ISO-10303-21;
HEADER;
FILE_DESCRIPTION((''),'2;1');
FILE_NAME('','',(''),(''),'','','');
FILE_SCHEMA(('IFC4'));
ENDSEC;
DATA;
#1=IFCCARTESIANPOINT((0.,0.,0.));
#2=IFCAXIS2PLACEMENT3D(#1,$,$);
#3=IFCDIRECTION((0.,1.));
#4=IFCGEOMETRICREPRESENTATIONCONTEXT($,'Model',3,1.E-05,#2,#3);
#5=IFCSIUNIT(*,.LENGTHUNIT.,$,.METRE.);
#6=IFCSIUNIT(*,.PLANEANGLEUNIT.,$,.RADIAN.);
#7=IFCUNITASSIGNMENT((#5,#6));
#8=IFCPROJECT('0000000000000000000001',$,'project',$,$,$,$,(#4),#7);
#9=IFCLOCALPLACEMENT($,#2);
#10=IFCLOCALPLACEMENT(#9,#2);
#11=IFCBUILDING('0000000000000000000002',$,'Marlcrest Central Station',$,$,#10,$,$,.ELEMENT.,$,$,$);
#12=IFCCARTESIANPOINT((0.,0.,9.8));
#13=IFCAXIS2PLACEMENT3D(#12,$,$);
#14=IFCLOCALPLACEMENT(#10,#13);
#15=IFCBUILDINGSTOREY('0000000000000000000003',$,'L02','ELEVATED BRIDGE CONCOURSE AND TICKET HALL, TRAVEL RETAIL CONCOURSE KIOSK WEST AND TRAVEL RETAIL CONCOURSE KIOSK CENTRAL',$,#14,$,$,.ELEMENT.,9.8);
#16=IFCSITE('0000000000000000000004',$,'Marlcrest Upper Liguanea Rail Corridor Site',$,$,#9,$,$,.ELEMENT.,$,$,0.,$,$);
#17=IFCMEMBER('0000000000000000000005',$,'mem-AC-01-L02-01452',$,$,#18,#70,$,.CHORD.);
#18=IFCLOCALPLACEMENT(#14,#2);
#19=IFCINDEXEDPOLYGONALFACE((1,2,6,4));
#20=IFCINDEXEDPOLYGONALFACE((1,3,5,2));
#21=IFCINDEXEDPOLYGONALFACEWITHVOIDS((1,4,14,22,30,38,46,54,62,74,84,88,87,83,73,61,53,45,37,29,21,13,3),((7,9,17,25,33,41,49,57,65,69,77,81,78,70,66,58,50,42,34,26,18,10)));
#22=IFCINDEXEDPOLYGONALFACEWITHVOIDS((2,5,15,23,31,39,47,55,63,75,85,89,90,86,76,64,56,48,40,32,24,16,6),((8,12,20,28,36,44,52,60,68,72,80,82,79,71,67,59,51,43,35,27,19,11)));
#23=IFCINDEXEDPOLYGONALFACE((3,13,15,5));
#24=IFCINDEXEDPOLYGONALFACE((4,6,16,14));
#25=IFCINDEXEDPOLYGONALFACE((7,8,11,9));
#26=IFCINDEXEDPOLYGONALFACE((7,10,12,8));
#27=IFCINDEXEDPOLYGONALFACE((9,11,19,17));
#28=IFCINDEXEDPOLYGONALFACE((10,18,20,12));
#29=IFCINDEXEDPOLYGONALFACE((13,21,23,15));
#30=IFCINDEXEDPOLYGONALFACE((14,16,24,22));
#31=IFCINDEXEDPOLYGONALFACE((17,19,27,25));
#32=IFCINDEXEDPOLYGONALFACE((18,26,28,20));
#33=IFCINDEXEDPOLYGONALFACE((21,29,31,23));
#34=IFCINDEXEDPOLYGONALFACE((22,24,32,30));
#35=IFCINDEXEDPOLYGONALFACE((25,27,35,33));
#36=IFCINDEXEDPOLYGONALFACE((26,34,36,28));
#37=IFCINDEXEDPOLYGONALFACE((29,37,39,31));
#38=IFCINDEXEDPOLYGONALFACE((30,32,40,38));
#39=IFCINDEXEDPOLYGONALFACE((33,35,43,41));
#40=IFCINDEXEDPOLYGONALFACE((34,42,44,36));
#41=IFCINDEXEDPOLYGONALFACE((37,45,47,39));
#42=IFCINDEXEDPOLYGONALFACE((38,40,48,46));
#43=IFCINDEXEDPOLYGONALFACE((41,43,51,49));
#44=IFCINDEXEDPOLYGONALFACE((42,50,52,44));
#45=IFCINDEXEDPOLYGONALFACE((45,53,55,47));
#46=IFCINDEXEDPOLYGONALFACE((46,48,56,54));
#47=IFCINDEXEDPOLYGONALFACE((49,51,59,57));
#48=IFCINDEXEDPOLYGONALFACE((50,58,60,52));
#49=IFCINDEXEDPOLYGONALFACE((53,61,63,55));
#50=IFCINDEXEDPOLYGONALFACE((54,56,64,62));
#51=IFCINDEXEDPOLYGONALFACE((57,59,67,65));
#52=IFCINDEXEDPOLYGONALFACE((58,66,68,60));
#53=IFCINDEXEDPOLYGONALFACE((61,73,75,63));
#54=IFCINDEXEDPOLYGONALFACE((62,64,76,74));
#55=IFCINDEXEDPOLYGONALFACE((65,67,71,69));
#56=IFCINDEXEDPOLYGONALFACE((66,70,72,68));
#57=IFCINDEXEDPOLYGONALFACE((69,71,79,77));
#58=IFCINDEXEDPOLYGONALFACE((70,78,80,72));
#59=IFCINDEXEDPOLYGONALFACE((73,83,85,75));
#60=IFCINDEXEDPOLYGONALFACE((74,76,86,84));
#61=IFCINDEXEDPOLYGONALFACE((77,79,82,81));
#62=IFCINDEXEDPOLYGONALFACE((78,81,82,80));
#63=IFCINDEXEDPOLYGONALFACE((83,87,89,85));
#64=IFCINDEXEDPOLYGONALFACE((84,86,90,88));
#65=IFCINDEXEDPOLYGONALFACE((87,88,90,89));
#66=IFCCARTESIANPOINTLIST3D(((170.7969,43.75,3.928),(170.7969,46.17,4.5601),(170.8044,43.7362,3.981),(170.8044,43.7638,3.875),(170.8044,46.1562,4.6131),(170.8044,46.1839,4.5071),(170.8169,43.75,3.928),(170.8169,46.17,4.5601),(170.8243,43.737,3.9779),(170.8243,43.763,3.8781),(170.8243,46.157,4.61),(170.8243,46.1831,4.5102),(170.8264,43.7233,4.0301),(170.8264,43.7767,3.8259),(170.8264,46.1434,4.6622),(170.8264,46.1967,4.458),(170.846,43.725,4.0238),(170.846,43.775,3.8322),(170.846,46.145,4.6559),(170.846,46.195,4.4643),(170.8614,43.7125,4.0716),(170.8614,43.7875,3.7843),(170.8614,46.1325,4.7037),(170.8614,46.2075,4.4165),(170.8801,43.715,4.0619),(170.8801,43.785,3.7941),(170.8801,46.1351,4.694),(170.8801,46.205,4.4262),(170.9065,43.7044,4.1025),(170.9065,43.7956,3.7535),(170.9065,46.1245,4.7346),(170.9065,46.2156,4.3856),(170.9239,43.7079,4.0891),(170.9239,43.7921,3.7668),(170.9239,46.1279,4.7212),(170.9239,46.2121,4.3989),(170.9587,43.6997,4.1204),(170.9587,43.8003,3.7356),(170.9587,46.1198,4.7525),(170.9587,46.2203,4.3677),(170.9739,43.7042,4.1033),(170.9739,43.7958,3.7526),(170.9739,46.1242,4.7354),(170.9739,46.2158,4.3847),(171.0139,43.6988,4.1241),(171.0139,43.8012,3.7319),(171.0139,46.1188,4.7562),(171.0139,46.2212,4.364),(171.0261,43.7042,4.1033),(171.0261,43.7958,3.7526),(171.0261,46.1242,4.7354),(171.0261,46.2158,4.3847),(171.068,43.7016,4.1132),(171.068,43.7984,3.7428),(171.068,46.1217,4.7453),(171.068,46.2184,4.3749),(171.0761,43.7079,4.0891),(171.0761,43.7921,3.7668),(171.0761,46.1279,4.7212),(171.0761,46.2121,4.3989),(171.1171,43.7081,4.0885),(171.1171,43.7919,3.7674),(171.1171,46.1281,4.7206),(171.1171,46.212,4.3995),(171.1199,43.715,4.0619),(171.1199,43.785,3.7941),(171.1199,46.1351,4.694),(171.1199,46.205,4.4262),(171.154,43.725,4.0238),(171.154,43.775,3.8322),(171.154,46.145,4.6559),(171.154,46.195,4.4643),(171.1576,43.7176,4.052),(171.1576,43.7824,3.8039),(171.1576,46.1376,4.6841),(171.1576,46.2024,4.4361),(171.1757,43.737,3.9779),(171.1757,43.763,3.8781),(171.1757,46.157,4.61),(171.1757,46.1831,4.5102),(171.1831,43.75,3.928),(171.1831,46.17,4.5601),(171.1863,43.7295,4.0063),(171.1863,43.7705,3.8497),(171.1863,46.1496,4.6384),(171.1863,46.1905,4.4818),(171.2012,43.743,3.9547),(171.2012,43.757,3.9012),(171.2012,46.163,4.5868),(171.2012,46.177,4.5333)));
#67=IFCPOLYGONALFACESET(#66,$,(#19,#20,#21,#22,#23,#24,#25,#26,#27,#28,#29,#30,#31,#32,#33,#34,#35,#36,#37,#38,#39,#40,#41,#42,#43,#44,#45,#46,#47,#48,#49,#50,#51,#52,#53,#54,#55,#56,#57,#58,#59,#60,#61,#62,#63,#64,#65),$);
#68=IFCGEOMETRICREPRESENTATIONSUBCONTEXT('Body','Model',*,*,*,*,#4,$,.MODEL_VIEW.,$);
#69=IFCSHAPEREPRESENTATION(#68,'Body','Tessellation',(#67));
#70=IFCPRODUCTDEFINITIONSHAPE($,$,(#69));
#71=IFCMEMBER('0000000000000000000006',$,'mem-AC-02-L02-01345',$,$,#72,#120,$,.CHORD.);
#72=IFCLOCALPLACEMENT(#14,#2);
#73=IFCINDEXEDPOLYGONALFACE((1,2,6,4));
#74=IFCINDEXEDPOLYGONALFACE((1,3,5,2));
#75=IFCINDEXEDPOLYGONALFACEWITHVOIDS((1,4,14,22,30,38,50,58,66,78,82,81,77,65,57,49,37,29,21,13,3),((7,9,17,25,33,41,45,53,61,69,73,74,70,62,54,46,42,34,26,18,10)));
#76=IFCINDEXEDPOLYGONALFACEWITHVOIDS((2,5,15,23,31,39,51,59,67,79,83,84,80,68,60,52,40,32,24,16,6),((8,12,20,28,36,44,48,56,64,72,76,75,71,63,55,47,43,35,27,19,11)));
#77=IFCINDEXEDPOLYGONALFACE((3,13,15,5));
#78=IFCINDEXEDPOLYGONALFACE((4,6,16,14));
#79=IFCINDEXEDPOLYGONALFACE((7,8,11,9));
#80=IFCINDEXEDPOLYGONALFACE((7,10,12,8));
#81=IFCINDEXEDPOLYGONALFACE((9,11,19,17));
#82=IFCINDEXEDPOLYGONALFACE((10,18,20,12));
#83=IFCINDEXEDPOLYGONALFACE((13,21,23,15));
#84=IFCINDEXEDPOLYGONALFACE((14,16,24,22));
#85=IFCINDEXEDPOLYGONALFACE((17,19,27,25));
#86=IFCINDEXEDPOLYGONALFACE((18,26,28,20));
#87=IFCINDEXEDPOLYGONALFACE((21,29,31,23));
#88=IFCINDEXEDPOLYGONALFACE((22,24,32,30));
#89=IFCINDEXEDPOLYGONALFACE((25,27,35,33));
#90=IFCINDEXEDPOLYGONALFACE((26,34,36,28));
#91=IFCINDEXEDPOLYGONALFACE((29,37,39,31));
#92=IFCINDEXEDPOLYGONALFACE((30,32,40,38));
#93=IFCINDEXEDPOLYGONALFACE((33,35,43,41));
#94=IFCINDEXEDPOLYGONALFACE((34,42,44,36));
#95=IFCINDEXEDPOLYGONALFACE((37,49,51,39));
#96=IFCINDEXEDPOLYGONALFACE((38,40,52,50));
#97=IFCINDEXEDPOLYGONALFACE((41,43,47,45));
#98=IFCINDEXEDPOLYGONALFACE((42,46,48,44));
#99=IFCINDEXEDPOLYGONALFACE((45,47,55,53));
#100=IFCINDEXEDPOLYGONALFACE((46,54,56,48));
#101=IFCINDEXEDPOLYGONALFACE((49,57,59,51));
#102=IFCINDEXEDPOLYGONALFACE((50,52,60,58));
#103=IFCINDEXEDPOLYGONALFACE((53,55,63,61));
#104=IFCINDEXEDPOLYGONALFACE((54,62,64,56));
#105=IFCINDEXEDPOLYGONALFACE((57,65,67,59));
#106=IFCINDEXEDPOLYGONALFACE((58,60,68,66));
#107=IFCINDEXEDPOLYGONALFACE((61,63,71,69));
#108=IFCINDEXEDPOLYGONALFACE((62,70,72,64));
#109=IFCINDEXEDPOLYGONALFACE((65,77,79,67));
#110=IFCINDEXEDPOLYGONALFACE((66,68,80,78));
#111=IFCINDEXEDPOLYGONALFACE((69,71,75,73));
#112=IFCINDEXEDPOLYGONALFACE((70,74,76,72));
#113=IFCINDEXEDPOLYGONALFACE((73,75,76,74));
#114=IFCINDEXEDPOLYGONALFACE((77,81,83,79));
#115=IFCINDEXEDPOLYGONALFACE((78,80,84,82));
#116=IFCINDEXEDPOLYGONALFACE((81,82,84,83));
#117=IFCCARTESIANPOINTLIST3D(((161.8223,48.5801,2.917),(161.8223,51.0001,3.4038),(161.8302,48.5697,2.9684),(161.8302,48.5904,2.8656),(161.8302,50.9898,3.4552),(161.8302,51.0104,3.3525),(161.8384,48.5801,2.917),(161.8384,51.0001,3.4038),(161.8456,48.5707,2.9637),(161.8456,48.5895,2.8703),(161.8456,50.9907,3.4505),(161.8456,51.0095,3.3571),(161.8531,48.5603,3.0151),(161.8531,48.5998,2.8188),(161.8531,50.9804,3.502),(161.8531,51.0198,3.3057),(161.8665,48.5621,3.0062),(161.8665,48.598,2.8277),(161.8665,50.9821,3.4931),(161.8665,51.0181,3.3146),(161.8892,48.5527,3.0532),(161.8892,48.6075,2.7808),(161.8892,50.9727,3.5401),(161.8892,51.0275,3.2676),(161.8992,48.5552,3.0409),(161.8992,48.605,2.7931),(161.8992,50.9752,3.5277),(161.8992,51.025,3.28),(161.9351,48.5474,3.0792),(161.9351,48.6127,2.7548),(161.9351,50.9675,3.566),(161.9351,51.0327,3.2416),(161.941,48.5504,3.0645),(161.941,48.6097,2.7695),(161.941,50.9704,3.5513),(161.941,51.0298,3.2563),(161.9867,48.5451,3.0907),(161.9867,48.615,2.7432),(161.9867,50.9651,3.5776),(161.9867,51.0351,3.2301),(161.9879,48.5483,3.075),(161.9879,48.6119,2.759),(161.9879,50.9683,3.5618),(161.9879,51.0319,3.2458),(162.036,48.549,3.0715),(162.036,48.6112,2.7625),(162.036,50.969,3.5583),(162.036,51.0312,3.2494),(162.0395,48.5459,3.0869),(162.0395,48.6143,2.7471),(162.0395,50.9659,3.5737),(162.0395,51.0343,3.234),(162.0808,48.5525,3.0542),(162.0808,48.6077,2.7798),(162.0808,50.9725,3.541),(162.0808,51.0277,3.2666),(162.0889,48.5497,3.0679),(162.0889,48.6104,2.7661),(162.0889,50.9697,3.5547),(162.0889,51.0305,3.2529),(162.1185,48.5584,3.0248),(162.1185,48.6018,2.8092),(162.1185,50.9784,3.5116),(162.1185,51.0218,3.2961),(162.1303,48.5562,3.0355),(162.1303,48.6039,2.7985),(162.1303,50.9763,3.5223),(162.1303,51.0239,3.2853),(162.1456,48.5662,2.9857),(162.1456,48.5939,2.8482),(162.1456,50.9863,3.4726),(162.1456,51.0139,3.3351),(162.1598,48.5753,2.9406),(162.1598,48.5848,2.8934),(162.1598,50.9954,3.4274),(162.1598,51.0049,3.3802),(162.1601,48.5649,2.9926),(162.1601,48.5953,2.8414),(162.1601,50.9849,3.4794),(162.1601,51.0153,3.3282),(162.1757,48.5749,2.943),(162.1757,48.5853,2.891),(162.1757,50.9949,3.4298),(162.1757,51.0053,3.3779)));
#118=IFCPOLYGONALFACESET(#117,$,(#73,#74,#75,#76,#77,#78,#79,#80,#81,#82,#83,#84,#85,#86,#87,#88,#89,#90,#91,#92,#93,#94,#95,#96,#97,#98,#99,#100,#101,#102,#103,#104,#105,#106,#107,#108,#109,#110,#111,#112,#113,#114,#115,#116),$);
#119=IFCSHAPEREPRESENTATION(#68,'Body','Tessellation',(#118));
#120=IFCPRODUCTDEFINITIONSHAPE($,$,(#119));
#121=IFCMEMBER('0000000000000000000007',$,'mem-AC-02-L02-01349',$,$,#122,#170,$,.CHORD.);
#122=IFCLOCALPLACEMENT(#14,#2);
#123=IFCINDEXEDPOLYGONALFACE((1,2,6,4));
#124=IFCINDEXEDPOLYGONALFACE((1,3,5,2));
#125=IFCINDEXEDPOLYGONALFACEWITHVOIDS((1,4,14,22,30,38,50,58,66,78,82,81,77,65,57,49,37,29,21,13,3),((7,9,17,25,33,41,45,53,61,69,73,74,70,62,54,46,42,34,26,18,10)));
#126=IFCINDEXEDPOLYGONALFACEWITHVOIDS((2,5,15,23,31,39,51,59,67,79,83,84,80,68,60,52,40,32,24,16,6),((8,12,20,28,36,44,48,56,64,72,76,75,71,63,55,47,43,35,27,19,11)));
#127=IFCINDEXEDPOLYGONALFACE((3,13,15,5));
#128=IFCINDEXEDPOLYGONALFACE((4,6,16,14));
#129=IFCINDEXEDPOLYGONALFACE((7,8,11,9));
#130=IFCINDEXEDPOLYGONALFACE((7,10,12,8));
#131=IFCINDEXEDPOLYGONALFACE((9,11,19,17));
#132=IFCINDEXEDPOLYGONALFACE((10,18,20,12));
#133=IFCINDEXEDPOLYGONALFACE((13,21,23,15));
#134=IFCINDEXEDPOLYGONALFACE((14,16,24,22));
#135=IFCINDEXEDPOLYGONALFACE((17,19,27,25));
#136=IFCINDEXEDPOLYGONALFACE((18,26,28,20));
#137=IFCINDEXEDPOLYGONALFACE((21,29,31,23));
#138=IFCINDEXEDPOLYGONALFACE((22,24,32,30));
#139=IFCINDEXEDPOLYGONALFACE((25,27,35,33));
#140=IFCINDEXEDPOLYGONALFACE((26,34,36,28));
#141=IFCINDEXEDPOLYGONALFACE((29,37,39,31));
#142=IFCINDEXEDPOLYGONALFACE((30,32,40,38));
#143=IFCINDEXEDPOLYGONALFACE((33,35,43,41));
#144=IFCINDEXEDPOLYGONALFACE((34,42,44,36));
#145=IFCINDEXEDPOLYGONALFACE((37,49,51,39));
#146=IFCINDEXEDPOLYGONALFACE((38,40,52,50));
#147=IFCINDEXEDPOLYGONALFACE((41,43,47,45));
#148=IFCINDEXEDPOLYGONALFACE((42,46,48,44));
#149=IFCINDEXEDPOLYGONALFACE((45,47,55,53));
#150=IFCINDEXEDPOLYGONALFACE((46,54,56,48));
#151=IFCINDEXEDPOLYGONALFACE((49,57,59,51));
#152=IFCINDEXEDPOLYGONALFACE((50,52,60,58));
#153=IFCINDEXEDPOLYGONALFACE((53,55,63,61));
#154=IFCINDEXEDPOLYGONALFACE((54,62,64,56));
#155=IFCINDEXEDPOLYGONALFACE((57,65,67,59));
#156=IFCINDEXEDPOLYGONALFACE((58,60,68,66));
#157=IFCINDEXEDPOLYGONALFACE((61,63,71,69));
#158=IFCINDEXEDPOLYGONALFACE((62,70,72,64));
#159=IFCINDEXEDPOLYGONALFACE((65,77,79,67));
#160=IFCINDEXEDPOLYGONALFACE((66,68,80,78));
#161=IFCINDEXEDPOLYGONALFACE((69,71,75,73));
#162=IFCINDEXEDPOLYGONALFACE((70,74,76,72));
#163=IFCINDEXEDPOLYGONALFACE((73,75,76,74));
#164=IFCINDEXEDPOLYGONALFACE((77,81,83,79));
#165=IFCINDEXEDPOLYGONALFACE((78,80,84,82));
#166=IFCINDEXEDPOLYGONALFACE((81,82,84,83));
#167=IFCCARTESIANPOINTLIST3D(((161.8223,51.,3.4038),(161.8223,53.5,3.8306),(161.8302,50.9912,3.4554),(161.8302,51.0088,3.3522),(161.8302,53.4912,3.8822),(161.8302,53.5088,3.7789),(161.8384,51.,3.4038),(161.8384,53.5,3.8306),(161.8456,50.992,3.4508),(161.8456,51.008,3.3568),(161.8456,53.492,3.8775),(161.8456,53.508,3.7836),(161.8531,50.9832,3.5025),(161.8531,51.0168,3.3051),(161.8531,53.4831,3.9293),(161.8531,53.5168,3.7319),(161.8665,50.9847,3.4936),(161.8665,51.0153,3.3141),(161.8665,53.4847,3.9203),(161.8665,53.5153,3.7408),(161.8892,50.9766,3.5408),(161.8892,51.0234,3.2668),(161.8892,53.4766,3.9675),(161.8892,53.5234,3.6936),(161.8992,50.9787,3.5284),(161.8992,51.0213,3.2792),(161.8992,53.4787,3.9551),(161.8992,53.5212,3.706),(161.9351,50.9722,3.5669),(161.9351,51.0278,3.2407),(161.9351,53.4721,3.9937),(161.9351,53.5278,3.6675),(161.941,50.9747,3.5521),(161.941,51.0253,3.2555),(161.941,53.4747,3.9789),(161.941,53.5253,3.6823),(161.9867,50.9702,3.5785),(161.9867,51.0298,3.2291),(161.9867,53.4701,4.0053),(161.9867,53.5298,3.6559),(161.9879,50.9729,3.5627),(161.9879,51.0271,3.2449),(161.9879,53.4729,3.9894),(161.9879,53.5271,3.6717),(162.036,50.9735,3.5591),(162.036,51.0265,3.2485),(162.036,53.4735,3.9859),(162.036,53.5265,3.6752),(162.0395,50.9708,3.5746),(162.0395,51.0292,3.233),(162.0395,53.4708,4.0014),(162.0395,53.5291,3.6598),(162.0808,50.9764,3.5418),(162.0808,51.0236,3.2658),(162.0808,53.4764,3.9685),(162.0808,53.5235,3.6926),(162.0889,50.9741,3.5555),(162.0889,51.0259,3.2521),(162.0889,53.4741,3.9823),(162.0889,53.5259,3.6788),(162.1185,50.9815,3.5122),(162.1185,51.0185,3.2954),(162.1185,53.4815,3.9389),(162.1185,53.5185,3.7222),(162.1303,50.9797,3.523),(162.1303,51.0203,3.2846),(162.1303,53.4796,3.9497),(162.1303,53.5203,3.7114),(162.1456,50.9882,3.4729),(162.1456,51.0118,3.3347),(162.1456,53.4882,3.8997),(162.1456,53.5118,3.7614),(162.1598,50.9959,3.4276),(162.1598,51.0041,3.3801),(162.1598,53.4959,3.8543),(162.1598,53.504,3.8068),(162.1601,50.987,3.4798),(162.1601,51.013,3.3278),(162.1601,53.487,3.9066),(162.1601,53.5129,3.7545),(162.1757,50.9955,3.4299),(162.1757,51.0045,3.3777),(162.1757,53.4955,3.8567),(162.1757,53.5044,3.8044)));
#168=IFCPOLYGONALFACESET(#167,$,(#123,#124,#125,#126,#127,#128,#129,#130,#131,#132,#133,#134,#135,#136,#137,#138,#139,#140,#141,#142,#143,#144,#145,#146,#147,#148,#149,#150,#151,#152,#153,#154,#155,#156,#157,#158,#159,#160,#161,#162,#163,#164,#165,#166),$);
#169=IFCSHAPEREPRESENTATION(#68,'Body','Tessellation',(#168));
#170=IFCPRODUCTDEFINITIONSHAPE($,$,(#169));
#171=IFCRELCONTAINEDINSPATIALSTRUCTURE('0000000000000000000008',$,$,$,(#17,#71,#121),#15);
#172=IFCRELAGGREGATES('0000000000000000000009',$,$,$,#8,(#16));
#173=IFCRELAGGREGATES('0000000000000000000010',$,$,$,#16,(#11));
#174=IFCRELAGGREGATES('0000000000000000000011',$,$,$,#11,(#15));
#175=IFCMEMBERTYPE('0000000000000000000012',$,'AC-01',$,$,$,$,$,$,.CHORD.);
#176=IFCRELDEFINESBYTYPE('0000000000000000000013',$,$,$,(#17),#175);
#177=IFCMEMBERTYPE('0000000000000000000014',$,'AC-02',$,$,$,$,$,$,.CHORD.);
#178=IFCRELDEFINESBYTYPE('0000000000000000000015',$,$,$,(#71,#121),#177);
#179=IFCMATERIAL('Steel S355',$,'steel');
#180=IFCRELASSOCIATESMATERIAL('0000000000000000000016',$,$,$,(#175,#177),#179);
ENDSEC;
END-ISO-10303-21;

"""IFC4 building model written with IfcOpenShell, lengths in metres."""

from ifc_helpers import new_model, si_unit, direction, frame, origin, origin_2d, place, context, subcontext, project, spatial, hollow_circle, extrude, material, material_profile, profile_set, type_object, element, save


model = new_model("IFC4")

# Units and contexts
model_context = context("Model", 3, precision=1e-05, world=origin(), true_north=direction((0.0, 1.0)))
body_context = subcontext(model_context, "Body", "Model", "MODEL_VIEW")
ifc_project = project(units=[si_unit("LENGTHUNIT", "METRE"), si_unit("PLANEANGLEUNIT", "RADIAN")], contexts=[model_context])

# Site, building, storey
site_placement = place(None, origin())
site = spatial("IfcSite", under=ifc_project, at=site_placement, Name="Marlcrest Upper Liguanea Rail Corridor Site", CompositionType="ELEMENT", RefElevation=0.0)
building_placement = place(site_placement, origin())
building = spatial("IfcBuilding", under=site, at=building_placement, Name="Marlcrest Central Station", CompositionType="ELEMENT")
storey_placement = place(building_placement, frame((0.0, 0.0, 9.8)))
storey = spatial("IfcBuildingStorey", under=building, at=storey_placement, Name="L02", Description="ELEVATED BRIDGE CONCOURSE AND TICKET HALL, TRAVEL RETAIL CONCOURSE KIOSK WEST AND TRAVEL RETAIL CONCOURSE KIOSK CENTRAL", CompositionType="ELEMENT", Elevation=9.8)

# Members
ifc_material = material(Name="Steel S355", Category="steel")
ifc_material_profile_1 = material_profile(ifc_material, hollow_circle(Radius=0.2031, WallThickness=0.02, at=origin_2d()), Name="CHS 406.4x20")
ifc_profile_set_1 = profile_set([ifc_material_profile_1], Name="Steel S355")
member_type_1 = type_object("IfcMemberType", Name="AC-01", PredefinedType="CHORD", material=ifc_profile_set_1)
member_1_placement = place(storey_placement, frame((171.0, 43.75, 3.928), z_axis=(0.0, 0.967539, 0.25272), x_axis=(-1.0, 0.0, 0.0)))
element("IfcMember", 1, at=member_1_placement, inside=storey, type_object=member_type_1, Name="mem-AC-01-L02-01452", PredefinedType="CHORD", context=body_context, shape_type="SweptSolid", body=[
    extrude(hollow_circle(Radius=0.2031, WallThickness=0.02, at=origin_2d()), origin(), (0.0, 0.0, 1.0), 2.5012),
])
ifc_material_profile_2 = material_profile(ifc_material, hollow_circle(Radius=0.1777, WallThickness=0.0161, at=origin_2d()), Name="CHS 355.6x16")
ifc_profile_set_2 = profile_set([ifc_material_profile_2], Name="Steel S355")
member_type_2 = type_object("IfcMemberType", Name="AC-02", PredefinedType="CHORD", material=ifc_profile_set_2)
member_2_placement = place(storey_placement, frame((162.0, 48.5801, 2.917), z_axis=(0.0, 0.980359, 0.197219), x_axis=(-1.0, 0.0, 0.0)))
element("IfcMember", 2, at=member_2_placement, inside=storey, type_object=member_type_2, Name="mem-AC-02-L02-01345", PredefinedType="CHORD", context=body_context, shape_type="SweptSolid", body=[
    extrude(hollow_circle(Radius=0.1777, WallThickness=0.0161, at=origin_2d()), origin(), (0.0, 0.0, 1.0), 2.4685),
])
member_3_placement = place(storey_placement, frame((162.0, 51.0, 3.4038), z_axis=(0.0, 0.985741, 0.168269), x_axis=(-1.0, 0.0, 0.0)))
element("IfcMember", 3, at=member_3_placement, inside=storey, type_object=member_type_2, Name="mem-AC-02-L02-01349", PredefinedType="CHORD", context=body_context, shape_type="SweptSolid", body=[
    extrude(hollow_circle(Radius=0.1777, WallThickness=0.0161, at=origin_2d()), origin(), (0.0, 0.0, 1.0), 2.5361),
])

save(model, "model.ifc")
